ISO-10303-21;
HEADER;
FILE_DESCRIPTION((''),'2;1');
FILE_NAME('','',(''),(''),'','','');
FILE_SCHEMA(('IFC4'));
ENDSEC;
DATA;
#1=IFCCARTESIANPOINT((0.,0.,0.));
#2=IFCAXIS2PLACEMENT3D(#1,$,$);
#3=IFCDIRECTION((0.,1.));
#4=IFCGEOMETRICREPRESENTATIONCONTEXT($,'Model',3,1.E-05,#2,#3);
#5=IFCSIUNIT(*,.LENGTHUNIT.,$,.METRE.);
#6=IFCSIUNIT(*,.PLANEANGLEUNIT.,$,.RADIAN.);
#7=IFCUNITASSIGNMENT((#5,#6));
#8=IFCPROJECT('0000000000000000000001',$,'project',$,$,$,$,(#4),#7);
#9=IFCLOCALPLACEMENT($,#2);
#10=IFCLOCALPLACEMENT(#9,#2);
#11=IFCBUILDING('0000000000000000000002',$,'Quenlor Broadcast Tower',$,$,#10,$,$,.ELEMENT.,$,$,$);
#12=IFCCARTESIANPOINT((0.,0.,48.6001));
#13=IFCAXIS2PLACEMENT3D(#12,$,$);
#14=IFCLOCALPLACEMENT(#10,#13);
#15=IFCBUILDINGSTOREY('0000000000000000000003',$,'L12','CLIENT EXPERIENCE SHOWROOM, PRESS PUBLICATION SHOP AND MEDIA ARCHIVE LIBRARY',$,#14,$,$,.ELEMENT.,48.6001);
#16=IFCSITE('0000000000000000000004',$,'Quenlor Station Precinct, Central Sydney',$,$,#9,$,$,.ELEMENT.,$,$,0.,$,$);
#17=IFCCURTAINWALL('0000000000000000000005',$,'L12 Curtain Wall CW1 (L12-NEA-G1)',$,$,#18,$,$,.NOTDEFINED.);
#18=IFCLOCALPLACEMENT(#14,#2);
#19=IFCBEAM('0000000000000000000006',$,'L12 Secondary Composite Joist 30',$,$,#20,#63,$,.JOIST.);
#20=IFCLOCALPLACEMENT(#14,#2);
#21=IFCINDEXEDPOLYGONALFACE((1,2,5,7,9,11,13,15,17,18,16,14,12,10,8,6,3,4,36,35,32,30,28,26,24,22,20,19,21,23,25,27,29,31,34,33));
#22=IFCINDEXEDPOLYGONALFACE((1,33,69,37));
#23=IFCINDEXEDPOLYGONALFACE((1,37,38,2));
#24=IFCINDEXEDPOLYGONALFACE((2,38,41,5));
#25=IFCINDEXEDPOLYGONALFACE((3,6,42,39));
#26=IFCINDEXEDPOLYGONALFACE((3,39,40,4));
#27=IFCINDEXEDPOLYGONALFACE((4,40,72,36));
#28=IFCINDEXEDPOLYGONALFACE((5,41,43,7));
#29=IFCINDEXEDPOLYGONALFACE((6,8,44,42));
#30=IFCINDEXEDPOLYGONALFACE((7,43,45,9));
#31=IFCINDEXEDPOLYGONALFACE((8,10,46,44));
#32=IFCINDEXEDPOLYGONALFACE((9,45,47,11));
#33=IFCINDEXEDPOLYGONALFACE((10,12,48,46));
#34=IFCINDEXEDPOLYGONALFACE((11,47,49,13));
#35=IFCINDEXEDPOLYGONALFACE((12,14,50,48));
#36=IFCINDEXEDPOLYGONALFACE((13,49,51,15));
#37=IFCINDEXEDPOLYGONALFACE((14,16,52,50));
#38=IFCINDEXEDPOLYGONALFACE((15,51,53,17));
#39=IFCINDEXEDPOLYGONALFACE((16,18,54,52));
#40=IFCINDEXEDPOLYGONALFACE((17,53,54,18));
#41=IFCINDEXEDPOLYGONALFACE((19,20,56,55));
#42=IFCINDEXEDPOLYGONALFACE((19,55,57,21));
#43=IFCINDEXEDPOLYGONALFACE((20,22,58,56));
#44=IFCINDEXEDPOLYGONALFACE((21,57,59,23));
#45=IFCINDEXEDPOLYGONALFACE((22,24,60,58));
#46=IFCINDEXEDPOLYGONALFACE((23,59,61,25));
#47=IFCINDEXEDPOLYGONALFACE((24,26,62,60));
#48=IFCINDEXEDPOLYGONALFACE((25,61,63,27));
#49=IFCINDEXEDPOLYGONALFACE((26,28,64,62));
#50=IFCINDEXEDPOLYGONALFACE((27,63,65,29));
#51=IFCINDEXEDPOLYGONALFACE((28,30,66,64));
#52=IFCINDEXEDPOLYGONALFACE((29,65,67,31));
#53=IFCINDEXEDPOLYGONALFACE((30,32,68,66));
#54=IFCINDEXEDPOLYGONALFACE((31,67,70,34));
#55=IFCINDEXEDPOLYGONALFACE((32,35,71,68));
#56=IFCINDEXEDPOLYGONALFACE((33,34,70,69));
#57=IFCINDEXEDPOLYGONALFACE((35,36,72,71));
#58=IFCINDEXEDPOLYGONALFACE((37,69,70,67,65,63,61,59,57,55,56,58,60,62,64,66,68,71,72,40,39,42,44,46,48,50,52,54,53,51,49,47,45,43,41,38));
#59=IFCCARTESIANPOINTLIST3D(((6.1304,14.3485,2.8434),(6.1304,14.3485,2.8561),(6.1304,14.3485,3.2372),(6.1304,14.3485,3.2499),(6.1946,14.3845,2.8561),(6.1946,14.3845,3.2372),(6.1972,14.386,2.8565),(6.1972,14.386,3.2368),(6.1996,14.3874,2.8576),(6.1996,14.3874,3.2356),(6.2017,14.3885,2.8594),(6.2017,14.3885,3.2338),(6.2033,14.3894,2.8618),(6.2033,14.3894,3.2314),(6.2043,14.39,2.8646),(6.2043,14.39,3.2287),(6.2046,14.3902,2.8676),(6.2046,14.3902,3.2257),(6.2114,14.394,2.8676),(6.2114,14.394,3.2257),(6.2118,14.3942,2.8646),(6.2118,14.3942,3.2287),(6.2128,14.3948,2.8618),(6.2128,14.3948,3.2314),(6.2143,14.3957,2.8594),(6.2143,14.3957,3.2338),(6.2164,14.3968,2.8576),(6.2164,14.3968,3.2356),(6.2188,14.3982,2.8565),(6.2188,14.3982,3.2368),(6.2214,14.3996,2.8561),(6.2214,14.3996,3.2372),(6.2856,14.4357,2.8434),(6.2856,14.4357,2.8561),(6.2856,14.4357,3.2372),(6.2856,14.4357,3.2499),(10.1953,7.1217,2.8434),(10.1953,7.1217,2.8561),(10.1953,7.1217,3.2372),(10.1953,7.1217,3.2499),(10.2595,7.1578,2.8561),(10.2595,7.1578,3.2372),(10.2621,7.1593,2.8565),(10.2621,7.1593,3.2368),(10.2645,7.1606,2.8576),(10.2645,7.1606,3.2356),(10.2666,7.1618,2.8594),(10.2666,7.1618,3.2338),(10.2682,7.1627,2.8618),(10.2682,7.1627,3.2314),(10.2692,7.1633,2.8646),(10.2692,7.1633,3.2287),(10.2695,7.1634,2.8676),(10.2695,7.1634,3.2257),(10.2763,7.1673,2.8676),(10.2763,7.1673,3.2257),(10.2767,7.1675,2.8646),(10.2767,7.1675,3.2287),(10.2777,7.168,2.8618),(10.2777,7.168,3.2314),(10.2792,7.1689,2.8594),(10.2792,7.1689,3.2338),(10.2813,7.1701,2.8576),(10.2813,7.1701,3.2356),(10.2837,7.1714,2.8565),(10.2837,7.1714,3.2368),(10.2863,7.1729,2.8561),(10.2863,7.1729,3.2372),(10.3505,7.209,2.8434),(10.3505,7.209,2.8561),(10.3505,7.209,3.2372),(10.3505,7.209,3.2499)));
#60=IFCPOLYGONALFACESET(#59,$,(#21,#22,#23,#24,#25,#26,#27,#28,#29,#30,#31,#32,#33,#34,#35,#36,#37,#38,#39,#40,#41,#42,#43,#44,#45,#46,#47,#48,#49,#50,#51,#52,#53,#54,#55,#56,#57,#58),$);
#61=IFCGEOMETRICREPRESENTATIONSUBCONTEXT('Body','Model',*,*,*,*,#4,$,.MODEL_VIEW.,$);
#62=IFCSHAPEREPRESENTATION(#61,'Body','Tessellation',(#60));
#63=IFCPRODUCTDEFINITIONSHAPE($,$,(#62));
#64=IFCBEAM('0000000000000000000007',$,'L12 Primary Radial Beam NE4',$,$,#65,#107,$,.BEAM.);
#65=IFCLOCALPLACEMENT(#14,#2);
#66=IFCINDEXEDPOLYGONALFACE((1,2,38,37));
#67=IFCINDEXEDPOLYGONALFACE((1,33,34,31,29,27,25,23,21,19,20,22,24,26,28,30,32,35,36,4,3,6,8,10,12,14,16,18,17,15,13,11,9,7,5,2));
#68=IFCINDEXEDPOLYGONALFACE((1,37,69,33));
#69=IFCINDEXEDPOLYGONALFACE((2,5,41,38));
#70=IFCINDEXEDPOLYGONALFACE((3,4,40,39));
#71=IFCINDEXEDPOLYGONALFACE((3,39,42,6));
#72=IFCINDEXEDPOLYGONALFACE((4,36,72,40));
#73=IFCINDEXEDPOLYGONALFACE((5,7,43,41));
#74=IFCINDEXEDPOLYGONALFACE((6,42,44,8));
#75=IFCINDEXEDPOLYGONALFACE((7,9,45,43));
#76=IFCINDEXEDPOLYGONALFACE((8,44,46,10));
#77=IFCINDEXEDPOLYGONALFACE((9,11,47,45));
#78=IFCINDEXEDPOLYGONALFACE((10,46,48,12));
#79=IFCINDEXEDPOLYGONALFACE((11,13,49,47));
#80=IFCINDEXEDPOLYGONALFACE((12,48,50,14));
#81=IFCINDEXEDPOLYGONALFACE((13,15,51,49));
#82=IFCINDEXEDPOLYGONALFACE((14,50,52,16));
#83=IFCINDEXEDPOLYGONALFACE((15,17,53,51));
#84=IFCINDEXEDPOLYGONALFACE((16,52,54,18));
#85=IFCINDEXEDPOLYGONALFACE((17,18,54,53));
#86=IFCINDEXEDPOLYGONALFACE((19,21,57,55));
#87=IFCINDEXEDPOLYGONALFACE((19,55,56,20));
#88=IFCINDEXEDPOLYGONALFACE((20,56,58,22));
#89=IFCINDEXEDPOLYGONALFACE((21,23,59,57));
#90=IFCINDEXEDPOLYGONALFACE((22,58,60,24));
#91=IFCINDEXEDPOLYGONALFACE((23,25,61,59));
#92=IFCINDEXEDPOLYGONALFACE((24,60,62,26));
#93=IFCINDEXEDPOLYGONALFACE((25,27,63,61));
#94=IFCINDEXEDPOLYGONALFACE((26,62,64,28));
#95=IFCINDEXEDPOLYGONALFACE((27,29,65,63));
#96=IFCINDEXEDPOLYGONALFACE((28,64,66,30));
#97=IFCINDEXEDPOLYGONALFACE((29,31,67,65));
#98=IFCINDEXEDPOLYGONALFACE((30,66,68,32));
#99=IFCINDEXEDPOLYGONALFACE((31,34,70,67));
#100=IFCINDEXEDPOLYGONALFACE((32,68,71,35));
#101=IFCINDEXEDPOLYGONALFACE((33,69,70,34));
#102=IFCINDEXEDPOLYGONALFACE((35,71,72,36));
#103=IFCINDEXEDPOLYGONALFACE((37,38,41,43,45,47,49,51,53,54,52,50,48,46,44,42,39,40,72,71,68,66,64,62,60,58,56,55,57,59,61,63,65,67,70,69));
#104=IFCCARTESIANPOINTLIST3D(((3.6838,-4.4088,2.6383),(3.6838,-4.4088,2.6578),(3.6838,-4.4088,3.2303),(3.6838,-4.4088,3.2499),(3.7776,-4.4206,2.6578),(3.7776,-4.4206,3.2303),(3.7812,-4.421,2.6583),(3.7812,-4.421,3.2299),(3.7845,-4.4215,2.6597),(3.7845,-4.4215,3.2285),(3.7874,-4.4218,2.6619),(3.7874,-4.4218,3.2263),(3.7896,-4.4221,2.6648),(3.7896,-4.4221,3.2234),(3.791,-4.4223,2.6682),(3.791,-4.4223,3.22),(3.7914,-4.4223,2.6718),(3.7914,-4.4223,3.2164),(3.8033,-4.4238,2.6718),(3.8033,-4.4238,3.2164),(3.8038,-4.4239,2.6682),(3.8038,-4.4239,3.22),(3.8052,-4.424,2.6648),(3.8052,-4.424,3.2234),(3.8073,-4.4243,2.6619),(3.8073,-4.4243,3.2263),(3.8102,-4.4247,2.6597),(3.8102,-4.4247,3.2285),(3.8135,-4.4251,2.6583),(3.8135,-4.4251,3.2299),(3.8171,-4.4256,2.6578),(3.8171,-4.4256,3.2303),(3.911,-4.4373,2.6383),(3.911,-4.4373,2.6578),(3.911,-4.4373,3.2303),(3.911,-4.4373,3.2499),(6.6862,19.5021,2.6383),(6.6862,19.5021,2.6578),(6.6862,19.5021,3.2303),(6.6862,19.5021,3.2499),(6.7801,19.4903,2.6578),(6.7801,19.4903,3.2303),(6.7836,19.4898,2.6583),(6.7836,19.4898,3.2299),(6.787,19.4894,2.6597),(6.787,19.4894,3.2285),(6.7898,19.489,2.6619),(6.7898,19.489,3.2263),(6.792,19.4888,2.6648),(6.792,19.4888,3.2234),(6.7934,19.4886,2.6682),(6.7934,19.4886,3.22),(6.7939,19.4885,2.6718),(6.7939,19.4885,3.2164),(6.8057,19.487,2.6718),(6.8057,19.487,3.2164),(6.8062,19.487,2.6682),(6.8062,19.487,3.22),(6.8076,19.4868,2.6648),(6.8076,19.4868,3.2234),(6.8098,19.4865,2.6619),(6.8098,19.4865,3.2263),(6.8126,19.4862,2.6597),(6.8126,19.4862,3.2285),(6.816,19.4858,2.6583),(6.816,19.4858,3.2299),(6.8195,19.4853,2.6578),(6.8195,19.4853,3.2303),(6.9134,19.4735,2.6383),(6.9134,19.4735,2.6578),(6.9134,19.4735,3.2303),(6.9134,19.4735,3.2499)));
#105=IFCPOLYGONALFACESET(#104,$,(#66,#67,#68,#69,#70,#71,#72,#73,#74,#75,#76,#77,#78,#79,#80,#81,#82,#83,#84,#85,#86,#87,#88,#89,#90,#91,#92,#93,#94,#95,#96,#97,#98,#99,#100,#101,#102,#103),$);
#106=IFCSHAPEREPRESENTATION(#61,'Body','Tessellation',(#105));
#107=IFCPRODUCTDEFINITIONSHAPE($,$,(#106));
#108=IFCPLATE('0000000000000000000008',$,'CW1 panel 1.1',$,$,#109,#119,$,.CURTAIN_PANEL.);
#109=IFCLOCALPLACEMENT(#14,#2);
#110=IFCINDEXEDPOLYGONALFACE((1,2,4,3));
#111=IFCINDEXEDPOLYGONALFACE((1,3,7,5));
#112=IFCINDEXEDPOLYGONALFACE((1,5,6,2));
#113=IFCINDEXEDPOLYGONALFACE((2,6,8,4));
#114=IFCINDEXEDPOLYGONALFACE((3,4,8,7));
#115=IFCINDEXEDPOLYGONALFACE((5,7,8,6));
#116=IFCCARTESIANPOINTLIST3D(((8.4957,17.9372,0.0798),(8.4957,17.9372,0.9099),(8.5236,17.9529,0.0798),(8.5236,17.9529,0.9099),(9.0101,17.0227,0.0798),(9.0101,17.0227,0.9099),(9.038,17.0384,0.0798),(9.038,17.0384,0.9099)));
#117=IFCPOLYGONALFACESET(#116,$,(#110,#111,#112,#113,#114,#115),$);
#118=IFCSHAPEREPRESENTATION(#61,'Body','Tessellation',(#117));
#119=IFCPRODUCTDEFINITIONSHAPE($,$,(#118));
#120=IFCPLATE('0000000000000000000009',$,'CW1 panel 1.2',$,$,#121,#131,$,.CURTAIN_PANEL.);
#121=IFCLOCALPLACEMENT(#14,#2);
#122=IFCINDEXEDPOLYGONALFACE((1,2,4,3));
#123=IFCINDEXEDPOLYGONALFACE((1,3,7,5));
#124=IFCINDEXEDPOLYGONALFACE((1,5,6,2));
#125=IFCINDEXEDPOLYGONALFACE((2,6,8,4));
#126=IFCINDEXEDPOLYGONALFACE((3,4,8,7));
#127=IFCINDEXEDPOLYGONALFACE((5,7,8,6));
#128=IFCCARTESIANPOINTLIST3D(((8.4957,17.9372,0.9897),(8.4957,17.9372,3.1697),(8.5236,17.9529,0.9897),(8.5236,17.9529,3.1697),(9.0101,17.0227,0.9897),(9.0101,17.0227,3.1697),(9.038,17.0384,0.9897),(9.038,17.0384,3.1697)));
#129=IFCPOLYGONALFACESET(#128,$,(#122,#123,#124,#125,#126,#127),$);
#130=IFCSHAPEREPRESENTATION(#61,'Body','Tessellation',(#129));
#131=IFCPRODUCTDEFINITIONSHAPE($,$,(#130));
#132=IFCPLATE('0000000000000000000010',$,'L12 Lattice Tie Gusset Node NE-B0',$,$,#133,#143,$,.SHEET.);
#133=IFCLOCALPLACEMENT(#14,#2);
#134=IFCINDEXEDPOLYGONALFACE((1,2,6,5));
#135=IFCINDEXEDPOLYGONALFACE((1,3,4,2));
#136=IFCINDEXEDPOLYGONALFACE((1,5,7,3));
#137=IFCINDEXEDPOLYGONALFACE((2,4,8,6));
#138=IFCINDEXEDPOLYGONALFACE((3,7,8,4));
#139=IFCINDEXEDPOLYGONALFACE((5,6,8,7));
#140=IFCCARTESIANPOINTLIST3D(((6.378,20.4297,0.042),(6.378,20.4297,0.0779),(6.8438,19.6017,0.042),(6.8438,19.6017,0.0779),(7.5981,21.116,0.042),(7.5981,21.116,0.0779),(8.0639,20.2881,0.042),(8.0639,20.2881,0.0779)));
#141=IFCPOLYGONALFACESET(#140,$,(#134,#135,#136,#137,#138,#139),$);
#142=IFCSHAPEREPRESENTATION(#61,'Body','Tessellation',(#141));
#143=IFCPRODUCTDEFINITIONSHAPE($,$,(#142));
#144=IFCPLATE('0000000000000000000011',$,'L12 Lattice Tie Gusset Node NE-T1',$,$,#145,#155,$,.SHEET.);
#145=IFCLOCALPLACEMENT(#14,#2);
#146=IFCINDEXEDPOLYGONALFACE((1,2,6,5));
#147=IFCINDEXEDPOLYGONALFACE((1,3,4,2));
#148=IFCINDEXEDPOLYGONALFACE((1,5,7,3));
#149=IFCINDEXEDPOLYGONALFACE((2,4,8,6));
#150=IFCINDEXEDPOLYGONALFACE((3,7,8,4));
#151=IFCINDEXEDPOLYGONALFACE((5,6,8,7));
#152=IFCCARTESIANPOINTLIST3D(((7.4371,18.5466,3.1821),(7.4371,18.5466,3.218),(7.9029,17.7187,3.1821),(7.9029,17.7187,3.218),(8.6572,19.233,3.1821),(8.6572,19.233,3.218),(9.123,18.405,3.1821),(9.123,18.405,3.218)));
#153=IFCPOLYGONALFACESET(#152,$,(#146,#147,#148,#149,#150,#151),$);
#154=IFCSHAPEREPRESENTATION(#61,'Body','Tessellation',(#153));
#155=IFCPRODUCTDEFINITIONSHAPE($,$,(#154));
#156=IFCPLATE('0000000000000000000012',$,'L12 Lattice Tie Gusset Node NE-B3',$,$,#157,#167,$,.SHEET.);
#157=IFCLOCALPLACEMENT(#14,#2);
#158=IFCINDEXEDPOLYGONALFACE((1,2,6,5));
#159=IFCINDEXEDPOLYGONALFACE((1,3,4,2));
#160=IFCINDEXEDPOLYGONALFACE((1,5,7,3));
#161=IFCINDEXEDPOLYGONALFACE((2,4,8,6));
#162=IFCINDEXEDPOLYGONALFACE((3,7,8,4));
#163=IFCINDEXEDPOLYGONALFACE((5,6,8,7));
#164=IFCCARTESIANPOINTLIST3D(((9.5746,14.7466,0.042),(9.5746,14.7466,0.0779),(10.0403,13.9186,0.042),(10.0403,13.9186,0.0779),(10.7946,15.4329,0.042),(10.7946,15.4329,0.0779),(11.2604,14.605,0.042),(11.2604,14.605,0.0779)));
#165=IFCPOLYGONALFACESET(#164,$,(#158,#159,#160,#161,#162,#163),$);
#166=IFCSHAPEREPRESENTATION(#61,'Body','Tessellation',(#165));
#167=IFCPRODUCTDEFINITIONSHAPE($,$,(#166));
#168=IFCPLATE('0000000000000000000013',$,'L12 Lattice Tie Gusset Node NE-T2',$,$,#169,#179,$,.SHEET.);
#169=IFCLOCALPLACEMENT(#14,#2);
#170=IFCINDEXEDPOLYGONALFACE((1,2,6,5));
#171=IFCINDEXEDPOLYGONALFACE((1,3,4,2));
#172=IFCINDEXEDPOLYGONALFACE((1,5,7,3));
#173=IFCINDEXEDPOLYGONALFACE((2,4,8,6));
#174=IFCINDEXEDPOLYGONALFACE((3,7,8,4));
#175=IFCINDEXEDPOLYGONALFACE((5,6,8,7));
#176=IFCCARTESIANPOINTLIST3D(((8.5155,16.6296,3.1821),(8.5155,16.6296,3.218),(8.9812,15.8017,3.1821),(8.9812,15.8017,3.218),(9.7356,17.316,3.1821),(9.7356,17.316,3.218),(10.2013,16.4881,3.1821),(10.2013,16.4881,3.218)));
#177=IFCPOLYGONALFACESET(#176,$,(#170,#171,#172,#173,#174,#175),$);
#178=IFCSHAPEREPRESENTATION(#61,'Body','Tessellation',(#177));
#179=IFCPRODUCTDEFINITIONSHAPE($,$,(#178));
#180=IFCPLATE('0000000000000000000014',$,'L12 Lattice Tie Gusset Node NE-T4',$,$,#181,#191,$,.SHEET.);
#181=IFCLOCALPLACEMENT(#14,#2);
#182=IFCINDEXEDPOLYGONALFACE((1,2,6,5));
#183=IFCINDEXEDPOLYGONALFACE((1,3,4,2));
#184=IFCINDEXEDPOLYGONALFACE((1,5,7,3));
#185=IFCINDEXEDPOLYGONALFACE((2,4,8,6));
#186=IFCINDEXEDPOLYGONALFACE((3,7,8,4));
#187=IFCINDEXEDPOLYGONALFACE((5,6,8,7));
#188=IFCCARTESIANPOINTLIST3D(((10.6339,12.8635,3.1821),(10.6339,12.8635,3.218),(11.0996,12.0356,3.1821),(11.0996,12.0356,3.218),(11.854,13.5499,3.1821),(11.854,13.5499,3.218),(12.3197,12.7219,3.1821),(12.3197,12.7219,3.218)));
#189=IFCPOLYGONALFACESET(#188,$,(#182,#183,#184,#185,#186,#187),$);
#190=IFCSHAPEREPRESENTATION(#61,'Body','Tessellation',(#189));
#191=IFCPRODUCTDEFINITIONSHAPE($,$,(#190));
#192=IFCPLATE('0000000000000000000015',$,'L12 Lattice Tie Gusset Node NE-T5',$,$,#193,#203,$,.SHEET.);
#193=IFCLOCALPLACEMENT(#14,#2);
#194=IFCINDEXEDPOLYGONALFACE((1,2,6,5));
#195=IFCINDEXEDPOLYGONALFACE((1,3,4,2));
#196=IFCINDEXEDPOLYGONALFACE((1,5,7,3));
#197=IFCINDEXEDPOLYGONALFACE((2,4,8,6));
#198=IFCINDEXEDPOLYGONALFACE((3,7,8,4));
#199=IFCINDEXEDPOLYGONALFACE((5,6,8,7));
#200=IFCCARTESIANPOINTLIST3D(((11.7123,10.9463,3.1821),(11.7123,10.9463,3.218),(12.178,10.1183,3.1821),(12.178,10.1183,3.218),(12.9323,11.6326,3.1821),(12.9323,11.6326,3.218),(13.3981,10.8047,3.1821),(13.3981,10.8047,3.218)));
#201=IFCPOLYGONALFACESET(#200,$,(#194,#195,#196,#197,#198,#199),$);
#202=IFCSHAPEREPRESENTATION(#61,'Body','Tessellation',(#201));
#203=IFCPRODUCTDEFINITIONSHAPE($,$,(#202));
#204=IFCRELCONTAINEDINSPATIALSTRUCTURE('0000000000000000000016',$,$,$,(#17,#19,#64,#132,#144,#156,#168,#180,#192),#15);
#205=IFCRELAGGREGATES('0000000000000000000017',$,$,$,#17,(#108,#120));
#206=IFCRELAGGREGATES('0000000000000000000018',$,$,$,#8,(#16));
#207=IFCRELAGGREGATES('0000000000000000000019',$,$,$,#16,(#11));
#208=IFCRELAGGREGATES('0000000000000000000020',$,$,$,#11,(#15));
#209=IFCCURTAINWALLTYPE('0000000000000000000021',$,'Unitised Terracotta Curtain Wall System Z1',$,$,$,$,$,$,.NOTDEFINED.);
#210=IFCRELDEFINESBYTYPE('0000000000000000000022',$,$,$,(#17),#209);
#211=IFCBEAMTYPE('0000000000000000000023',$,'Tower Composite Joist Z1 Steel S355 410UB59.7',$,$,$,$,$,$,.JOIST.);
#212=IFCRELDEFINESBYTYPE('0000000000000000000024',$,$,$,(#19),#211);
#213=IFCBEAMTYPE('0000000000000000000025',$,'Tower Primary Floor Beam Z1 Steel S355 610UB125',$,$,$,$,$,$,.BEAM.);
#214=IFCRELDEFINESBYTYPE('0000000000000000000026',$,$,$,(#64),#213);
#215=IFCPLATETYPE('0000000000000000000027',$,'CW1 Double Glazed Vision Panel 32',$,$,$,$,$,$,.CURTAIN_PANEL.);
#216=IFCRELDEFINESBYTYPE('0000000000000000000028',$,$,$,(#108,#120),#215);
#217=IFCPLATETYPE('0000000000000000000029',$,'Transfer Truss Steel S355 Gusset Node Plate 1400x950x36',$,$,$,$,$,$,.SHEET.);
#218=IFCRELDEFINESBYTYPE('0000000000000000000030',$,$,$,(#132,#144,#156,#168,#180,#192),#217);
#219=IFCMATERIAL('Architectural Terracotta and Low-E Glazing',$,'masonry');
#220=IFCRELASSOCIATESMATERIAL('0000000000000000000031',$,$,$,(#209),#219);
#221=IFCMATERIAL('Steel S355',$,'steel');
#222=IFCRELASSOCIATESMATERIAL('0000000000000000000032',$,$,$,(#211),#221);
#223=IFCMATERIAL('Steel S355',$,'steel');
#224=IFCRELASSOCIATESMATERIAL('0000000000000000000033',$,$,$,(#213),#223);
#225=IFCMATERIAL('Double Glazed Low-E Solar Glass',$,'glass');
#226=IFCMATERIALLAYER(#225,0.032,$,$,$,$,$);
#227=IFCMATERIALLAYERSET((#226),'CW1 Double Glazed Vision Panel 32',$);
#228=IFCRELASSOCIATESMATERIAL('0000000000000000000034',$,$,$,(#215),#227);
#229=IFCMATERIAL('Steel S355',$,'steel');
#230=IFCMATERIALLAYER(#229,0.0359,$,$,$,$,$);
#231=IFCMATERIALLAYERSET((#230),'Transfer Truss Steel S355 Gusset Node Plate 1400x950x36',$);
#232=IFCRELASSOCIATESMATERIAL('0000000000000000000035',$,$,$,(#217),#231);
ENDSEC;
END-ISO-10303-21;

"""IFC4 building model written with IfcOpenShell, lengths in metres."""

from ifc_helpers import new_model, si_unit, direction, frame, origin, origin_2d, place, context, subcontext, project, spatial, rectangle, i_section, extrude, material, layer, layer_set, material_profile, profile_set, type_object, element, aggregate, save


model = new_model("IFC4")

# Units and contexts
model_context = context("Model", 3, precision=1e-05, world=origin(), true_north=direction((0.0, 1.0)))
body_context = subcontext(model_context, "Body", "Model", "MODEL_VIEW")
ifc_project = project(units=[si_unit("LENGTHUNIT", "METRE"), si_unit("PLANEANGLEUNIT", "RADIAN")], contexts=[model_context])

# Site, building, storey
site_placement = place(None, origin())
site = spatial("IfcSite", under=ifc_project, at=site_placement, Name="Quenlor Station Precinct, Central Sydney", CompositionType="ELEMENT", RefElevation=0.0)
building_placement = place(site_placement, origin())
building = spatial("IfcBuilding", under=site, at=building_placement, Name="Quenlor Broadcast Tower", CompositionType="ELEMENT")
storey_placement = place(building_placement, frame((0.0, 0.0, 48.6001)))
storey = spatial("IfcBuildingStorey", under=building, at=storey_placement, Name="L12", Description="CLIENT EXPERIENCE SHOWROOM, PRESS PUBLICATION SHOP AND MEDIA ARCHIVE LIBRARY", CompositionType="ELEMENT", Elevation=48.6001)

# Curtain wall
ifc_material_1 = material(Name="Architectural Terracotta and Low-E Glazing", Category="masonry")
curtain_wall_type = type_object("IfcCurtainWallType", Name="Unitised Terracotta Curtain Wall System Z1", PredefinedType="NOTDEFINED", material=ifc_material_1)
curtain_wall_placement = place(storey_placement, origin())
curtain_wall = element("IfcCurtainWall", 1, at=curtain_wall_placement, inside=storey, type_object=curtain_wall_type, Name="L12 Curtain Wall CW1 (L12-NEA-G1)", PredefinedType="NOTDEFINED")

# Beams
ifc_material_2 = material(Name="Steel S355", Category="steel")
ifc_material_profile_1 = material_profile(ifc_material_2, i_section(OverallWidth=0.178, OverallDepth=0.4065, WebThickness=0.0078, FlangeThickness=0.0127, FilletRadius=0.0115, at=origin_2d()))
ifc_profile_set_1 = profile_set([ifc_material_profile_1], Name="Steel S355 410UB59.7")
beam_type_1 = type_object("IfcBeamType", Name="Tower Composite Joist Z1 Steel S355 410UB59.7", PredefinedType="JOIST", material=ifc_profile_set_1)
beam_1_placement = place(storey_placement, frame((6.208, 14.3921, 3.0466), z_axis=(0.490249, -0.871583, 0.0), x_axis=(0.871583, 0.490249, 0.0)))
element("IfcBeam", 2, at=beam_1_placement, inside=storey, type_object=beam_type_1, Name="L12 Secondary Composite Joist 30", PredefinedType="JOIST", context=body_context, shape_type="SweptSolid", body=[
    extrude(i_section(OverallWidth=0.178, OverallDepth=0.4065, WebThickness=0.0078, FlangeThickness=0.0127, FilletRadius=0.0115, at=origin_2d()), origin(), (0.0, 0.0, 1.0), 8.2915),
])
ifc_material_3 = material(Name="Steel S355", Category="steel")
ifc_material_profile_2 = material_profile(ifc_material_3, i_section(OverallWidth=0.229, OverallDepth=0.6116, WebThickness=0.012, FlangeThickness=0.0195, FilletRadius=0.0139, at=origin_2d()))
ifc_profile_set_2 = profile_set([ifc_material_profile_2], Name="Steel S355 610UB125")
beam_type_2 = type_object("IfcBeamType", Name="Tower Primary Floor Beam Z1 Steel S355 610UB125", PredefinedType="BEAM", material=ifc_profile_set_2)
beam_2_placement = place(storey_placement, frame((6.7998, 19.4878, 2.9441), z_axis=(-0.12459, -0.992208, 0.0), x_axis=(0.992208, -0.12459, 0.0)))
element("IfcBeam", 3, at=beam_2_placement, inside=storey, type_object=beam_type_2, Name="L12 Primary Radial Beam NE4", PredefinedType="BEAM", context=body_context, shape_type="SweptSolid", body=[
    extrude(i_section(OverallWidth=0.229, OverallDepth=0.6116, WebThickness=0.012, FlangeThickness=0.0195, FilletRadius=0.0139, at=origin_2d()), origin(), (0.0, 0.0, 1.0), 24.0986),
])

# Plates
ifc_material_4 = material(Name="Double Glazed Low-E Solar Glass", Category="glass")
ifc_layer_1 = layer(ifc_material_4, 0.032)
ifc_layer_set_1 = layer_set([ifc_layer_1], Name="CW1 Double Glazed Vision Panel 32")
plate_type_1 = type_object("IfcPlateType", Name="CW1 Double Glazed Vision Panel 32", PredefinedType="CURTAIN_PANEL", material=ifc_layer_set_1)
plate_1_placement = place(storey_placement, frame((8.7668, 17.4878, 0.0798), z_axis=(0.0, 0.0, 1.0), x_axis=(0.490277, -0.871567, 0.0)))
plate_1 = element("IfcPlate", 4, at=plate_1_placement, type_object=plate_type_1, Name="CW1 panel 1.1", PredefinedType="CURTAIN_PANEL", context=body_context, shape_type="SweptSolid", body=[
    extrude(rectangle(XDim=1.0493, YDim=0.032, at=origin_2d()), origin(), (0.0, 0.0, 1.0), 0.8301),
])
plate_2_placement = place(storey_placement, frame((8.7668, 17.4878, 0.9897), z_axis=(0.0, 0.0, 1.0), x_axis=(0.490277, -0.871567, 0.0)))
plate_2 = element("IfcPlate", 5, at=plate_2_placement, type_object=plate_type_1, Name="CW1 panel 1.2", PredefinedType="CURTAIN_PANEL", context=body_context, shape_type="SweptSolid", body=[
    extrude(rectangle(XDim=1.0493, YDim=0.032, at=origin_2d()), origin(), (0.0, 0.0, 1.0), 2.1799),
])
aggregate(curtain_wall, [plate_1, plate_2])

# Plates
ifc_material_5 = material(Name="Steel S355", Category="steel")
ifc_layer_2 = layer(ifc_material_5, 0.0359)
ifc_layer_set_2 = layer_set([ifc_layer_2], Name="Transfer Truss Steel S355 Gusset Node Plate 1400x950x36")
plate_type_2 = type_object("IfcPlateType", Name="Transfer Truss Steel S355 Gusset Node Plate 1400x950x36", PredefinedType="SHEET", material=ifc_layer_set_2)
for number, where, z_axis, x_axis, name in (
    (6, (7.2209, 20.3589, 0.042), (0.0, 0.0, 1.0), (0.871556, 0.490295, 0.0), "L12 Lattice Tie Gusset Node NE-B0"),
    (7, (8.28, 18.4758, 3.1821), (0.0, 0.0, 1.0), (0.871556, 0.490295, 0.0), "L12 Lattice Tie Gusset Node NE-T1"),
    (8, (10.4175, 14.6758, 0.042), (0.0, 0.0, 1.0), (0.871556, 0.490295, 0.0), "L12 Lattice Tie Gusset Node NE-B3"),
    (9, (9.3584, 16.5588, 3.1821), (0.0, 0.0, 1.0), (0.871556, 0.490295, 0.0), "L12 Lattice Tie Gusset Node NE-T2"),
    (10, (11.4768, 12.7927, 3.1821), (0.0, 0.0, 1.0), (0.871556, 0.490295, 0.0), "L12 Lattice Tie Gusset Node NE-T4"),
    (11, (12.5552, 10.8755, 3.1821), (0.0, 0.0, 1.0), (0.871556, 0.490295, 0.0), "L12 Lattice Tie Gusset Node NE-T5"),
):
    element("IfcPlate", number, at=place(storey_placement, frame(where, z_axis=z_axis, x_axis=x_axis)), inside=storey, type_object=plate_type_2, Name=name, PredefinedType="SHEET", context=body_context, shape_type="SweptSolid", body=[
        extrude(rectangle(XDim=1.3999, YDim=0.95, at=origin_2d()), origin(), (0.0, 0.0, 1.0), 0.0359),
    ])

save(model, "model.ifc")
